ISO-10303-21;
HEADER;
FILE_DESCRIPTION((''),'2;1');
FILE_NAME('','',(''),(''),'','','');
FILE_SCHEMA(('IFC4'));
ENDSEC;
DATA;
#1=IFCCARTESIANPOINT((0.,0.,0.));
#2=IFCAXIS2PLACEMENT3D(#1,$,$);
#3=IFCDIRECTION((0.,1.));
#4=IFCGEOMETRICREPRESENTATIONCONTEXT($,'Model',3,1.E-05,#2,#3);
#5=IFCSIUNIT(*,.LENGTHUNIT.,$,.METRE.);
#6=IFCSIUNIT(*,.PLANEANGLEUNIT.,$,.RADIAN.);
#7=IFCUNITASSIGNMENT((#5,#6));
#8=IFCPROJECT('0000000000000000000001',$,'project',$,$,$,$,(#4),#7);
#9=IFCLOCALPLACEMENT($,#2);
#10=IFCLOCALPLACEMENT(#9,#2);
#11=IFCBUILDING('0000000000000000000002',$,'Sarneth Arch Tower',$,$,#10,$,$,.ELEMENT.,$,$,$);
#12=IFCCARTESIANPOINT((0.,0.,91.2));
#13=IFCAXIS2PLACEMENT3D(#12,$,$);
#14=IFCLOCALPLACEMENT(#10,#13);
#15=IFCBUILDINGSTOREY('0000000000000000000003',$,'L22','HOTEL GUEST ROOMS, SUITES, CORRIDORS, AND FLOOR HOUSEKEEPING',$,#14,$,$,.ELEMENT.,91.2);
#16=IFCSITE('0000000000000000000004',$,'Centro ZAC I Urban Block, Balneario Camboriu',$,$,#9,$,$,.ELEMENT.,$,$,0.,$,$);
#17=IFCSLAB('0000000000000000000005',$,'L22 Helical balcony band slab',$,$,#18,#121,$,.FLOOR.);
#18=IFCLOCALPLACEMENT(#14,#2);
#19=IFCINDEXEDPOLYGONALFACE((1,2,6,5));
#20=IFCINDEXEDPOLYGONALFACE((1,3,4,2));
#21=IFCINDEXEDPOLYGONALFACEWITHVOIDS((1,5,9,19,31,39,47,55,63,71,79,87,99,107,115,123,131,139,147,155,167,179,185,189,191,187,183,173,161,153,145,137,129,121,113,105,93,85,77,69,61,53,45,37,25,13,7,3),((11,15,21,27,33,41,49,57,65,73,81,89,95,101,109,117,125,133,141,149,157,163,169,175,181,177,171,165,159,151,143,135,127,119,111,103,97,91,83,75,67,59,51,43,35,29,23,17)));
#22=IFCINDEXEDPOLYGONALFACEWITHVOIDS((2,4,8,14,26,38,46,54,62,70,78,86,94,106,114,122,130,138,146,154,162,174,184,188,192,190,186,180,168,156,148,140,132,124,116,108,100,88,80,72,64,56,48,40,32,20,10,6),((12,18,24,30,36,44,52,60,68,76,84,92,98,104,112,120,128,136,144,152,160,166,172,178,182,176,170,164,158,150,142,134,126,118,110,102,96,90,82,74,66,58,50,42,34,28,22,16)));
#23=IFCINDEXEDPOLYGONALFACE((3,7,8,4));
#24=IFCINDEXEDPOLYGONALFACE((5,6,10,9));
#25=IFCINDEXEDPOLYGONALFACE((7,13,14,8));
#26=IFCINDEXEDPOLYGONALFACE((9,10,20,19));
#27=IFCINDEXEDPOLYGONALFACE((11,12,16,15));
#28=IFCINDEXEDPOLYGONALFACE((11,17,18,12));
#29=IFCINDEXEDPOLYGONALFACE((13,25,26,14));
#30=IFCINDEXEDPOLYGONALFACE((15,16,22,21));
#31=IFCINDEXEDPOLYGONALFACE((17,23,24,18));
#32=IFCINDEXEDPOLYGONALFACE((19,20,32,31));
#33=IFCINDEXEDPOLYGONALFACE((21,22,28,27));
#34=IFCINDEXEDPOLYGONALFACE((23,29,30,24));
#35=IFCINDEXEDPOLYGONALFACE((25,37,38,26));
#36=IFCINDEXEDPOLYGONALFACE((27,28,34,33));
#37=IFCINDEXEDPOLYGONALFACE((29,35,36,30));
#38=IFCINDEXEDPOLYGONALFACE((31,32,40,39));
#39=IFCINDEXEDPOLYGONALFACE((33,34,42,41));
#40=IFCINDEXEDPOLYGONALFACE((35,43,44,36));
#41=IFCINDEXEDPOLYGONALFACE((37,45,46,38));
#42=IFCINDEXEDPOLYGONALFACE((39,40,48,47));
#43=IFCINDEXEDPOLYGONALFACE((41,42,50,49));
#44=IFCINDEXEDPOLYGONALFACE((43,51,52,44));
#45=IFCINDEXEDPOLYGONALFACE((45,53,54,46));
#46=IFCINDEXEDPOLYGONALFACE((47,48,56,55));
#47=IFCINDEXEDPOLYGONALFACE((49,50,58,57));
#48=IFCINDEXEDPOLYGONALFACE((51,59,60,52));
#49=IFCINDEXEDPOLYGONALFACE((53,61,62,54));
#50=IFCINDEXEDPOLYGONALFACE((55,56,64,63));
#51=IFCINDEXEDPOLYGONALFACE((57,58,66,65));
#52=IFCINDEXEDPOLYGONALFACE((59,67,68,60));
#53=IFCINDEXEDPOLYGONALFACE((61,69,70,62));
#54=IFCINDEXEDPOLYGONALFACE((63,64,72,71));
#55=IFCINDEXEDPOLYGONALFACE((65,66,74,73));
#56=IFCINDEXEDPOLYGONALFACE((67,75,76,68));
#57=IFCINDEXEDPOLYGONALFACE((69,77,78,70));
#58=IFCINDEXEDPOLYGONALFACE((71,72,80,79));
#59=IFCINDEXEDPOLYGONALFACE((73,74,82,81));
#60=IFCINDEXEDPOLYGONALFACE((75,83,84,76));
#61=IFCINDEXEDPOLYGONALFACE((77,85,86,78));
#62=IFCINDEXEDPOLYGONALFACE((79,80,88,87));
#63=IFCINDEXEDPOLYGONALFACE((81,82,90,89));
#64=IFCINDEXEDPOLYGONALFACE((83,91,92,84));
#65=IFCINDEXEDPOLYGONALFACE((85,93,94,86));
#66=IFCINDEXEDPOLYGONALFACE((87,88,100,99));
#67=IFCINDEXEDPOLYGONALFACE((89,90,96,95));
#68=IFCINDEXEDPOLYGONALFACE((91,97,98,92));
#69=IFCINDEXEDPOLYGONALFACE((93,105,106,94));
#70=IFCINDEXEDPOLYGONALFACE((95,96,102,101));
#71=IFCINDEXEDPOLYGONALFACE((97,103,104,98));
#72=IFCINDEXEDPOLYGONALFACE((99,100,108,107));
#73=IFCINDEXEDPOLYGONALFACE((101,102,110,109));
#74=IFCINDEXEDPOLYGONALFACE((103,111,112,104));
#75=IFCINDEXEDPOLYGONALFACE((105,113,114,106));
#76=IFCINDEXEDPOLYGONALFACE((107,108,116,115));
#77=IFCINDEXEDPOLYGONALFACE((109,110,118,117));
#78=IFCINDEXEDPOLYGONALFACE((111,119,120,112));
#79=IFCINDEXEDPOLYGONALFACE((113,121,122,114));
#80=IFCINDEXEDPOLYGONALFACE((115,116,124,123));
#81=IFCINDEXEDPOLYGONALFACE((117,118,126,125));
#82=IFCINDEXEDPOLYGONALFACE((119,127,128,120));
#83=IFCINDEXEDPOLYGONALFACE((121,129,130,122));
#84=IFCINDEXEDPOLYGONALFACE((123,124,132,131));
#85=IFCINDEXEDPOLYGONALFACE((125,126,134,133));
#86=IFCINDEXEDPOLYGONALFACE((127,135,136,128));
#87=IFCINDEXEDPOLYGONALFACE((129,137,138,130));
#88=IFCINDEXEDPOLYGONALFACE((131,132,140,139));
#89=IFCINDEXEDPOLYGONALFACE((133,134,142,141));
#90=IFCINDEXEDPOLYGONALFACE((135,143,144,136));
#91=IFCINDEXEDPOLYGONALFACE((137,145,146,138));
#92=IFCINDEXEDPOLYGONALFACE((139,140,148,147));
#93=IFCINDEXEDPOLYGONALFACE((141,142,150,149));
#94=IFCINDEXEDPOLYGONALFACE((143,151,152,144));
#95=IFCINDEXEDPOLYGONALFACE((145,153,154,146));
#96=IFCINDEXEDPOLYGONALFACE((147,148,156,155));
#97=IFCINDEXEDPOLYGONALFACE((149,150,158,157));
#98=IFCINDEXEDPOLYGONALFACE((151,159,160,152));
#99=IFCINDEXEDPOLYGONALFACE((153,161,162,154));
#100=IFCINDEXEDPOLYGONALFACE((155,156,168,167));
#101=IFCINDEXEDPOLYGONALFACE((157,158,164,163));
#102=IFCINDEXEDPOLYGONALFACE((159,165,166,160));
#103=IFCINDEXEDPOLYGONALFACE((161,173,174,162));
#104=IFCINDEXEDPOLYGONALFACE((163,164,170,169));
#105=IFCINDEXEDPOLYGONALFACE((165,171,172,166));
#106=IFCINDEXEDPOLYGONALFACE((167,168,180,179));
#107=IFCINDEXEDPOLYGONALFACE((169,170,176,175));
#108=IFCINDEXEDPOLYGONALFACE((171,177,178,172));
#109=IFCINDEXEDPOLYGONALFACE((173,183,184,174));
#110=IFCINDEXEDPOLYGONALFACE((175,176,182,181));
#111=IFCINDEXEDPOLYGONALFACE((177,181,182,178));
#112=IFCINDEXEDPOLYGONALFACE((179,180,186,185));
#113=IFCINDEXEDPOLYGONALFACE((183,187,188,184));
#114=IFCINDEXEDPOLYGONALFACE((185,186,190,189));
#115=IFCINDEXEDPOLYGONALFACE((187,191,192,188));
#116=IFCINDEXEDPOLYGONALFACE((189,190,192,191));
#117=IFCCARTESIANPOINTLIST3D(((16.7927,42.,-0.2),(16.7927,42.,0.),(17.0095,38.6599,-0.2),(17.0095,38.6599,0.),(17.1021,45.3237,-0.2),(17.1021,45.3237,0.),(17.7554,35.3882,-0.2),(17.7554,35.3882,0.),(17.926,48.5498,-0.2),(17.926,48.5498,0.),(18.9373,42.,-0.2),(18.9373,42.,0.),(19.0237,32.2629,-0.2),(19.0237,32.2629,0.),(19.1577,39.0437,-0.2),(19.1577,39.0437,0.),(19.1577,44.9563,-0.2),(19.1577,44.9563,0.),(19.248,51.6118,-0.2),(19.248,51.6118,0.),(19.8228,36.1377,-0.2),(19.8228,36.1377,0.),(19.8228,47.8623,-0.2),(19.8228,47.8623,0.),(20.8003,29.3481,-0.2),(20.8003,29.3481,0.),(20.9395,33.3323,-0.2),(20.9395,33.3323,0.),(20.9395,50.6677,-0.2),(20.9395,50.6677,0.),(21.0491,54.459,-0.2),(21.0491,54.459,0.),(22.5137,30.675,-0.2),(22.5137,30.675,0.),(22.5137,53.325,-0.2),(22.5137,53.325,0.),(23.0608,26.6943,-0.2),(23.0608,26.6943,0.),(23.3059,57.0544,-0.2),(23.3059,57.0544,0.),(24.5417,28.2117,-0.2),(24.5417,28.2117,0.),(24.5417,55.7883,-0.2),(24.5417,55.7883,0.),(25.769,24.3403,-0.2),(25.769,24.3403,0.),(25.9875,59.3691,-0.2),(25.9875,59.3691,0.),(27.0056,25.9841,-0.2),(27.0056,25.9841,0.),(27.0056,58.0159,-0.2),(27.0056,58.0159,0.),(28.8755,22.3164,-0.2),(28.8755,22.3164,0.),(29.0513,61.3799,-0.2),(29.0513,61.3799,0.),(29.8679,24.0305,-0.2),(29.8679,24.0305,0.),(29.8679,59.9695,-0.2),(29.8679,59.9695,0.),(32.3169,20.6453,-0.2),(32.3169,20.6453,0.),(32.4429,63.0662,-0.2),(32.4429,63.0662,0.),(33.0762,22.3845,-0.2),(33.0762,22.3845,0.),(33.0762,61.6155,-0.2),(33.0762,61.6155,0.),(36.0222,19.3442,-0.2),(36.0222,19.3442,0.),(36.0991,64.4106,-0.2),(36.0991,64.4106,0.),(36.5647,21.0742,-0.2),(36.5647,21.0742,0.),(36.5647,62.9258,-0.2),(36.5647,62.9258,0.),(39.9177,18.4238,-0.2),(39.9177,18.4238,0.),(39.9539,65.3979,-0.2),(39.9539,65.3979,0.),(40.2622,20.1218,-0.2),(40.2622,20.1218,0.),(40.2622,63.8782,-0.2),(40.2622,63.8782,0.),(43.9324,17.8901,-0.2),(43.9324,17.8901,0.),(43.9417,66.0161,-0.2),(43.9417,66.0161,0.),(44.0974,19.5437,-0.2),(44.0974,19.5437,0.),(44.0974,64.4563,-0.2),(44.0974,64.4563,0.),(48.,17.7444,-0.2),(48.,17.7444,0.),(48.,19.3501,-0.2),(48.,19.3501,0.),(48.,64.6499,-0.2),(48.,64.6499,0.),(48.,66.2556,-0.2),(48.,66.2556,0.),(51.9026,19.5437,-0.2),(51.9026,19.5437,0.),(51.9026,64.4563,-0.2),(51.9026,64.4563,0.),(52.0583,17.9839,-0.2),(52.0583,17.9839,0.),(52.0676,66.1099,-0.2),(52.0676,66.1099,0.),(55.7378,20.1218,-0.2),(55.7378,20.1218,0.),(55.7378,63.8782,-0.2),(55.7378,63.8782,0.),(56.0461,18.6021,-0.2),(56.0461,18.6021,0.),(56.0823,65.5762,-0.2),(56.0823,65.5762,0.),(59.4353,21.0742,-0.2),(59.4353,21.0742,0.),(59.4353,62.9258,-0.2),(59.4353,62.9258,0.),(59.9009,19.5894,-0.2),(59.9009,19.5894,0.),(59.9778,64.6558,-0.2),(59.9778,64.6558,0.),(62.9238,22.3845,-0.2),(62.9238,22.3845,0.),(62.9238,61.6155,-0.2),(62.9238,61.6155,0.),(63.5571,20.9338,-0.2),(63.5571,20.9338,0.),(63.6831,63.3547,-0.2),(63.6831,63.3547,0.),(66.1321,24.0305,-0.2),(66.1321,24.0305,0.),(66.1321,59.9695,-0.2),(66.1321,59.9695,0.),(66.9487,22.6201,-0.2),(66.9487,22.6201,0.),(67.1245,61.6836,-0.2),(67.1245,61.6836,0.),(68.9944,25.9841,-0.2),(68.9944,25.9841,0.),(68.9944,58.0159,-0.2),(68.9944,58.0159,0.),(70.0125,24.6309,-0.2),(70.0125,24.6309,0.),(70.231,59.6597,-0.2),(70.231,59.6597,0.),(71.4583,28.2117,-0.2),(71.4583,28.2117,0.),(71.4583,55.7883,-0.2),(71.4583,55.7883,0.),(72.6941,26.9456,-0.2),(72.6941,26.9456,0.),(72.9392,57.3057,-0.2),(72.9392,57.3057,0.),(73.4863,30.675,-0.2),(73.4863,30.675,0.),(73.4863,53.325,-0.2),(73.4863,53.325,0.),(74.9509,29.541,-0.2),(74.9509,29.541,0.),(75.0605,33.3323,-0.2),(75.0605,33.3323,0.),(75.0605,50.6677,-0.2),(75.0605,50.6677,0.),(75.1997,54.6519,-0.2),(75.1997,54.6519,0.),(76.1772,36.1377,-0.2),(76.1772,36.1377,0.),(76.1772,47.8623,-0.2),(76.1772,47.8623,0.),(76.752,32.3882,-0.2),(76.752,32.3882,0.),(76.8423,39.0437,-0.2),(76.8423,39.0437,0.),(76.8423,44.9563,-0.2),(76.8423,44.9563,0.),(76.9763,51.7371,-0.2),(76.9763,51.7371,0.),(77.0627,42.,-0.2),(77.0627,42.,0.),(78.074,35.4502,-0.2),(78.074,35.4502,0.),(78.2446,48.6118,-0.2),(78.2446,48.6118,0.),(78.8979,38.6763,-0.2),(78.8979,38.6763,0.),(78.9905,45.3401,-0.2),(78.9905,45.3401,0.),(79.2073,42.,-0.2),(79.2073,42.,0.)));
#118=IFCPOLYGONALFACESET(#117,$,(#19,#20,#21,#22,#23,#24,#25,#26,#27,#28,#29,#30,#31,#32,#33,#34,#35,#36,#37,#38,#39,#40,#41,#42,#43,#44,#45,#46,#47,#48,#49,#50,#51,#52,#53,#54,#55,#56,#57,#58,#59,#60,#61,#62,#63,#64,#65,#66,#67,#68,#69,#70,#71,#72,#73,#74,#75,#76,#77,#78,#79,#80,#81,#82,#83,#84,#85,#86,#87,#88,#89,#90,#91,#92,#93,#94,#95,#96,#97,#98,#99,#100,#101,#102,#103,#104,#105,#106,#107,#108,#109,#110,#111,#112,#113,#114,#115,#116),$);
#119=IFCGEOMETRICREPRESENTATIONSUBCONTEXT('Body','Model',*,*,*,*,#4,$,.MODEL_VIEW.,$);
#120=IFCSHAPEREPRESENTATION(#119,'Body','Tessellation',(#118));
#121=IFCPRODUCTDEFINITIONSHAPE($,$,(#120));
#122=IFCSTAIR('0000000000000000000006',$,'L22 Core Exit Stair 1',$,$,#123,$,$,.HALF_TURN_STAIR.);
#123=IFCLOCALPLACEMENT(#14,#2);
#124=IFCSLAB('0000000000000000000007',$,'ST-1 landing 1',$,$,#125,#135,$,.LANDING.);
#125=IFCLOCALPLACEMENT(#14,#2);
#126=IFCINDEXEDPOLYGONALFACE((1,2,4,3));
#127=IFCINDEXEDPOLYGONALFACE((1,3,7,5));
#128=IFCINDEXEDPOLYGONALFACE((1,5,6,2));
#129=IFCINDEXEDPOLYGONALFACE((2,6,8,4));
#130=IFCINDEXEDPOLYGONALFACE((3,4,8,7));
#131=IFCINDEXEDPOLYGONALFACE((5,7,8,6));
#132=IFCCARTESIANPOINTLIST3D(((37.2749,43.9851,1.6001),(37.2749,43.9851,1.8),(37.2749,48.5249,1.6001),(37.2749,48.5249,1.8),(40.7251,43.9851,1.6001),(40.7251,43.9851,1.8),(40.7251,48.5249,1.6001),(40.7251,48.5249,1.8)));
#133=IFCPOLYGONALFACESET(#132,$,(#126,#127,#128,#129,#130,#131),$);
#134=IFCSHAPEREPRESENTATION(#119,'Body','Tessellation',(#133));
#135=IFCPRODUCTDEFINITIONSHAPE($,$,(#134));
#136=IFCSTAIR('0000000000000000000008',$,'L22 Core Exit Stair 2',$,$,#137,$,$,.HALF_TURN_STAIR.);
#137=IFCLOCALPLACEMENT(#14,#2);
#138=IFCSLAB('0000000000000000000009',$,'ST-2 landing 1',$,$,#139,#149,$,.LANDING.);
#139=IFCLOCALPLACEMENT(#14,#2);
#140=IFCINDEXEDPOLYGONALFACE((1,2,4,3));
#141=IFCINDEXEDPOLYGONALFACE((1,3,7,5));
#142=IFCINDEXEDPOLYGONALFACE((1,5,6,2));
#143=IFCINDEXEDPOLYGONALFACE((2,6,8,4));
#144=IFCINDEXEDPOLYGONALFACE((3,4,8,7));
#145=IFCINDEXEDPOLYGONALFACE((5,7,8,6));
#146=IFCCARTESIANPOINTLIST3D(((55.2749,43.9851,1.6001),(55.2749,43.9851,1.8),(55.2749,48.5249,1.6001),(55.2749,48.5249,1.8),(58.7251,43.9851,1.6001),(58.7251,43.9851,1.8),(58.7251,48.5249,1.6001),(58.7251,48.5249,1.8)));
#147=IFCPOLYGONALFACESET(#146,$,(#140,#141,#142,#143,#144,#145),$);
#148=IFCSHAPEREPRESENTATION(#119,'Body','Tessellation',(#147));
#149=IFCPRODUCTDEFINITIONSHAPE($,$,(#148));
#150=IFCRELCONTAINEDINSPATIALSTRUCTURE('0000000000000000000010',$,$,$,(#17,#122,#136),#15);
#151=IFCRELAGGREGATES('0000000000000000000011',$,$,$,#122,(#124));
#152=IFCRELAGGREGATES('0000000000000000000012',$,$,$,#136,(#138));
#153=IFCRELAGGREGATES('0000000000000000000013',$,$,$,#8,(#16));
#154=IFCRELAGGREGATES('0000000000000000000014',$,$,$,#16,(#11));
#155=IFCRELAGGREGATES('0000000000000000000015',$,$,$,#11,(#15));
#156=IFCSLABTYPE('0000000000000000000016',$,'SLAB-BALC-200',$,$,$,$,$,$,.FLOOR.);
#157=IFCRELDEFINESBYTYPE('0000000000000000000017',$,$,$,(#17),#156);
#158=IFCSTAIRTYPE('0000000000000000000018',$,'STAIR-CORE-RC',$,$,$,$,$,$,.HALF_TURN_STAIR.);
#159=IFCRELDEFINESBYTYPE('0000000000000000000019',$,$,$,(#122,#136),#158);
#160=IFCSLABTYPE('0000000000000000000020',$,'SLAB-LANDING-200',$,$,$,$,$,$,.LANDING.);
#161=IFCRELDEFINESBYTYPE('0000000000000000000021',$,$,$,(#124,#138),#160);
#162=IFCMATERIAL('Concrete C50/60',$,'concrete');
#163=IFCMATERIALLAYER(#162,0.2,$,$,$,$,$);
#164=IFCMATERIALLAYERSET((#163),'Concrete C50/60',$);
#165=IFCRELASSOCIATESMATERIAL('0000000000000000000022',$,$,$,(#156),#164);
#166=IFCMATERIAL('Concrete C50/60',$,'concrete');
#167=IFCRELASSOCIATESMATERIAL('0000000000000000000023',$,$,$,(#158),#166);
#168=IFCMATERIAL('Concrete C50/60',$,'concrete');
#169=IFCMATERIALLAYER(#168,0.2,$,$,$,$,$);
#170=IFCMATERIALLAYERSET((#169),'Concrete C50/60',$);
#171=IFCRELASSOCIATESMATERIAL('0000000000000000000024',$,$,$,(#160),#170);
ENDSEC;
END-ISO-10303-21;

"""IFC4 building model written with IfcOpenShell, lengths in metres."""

from ifc_helpers import new_model, si_unit, direction, frame, origin, place, context, subcontext, project, spatial, polyline, outline, extrude, material, layer, layer_set, type_object, element, aggregate, save


model = new_model("IFC4")

# Units and contexts
model_context = context("Model", 3, precision=1e-05, world=origin(), true_north=direction((0.0, 1.0)))
body_context = subcontext(model_context, "Body", "Model", "MODEL_VIEW")
ifc_project = project(units=[si_unit("LENGTHUNIT", "METRE"), si_unit("PLANEANGLEUNIT", "RADIAN")], contexts=[model_context])

# Site, building, storey
site_placement = place(None, origin())
site = spatial("IfcSite", under=ifc_project, at=site_placement, Name="Centro ZAC I Urban Block, Balneario Camboriu", CompositionType="ELEMENT", RefElevation=0.0)
building_placement = place(site_placement, origin())
building = spatial("IfcBuilding", under=site, at=building_placement, Name="Sarneth Arch Tower", CompositionType="ELEMENT")
storey_placement = place(building_placement, frame((0.0, 0.0, 91.2)))
storey = spatial("IfcBuildingStorey", under=building, at=storey_placement, Name="L22", Description="HOTEL GUEST ROOMS, SUITES, CORRIDORS, AND FLOOR HOUSEKEEPING", CompositionType="ELEMENT", Elevation=91.2)

# Slab
ifc_material_1 = material(Name="Concrete C50/60", Category="concrete")
ifc_layer_1 = layer(ifc_material_1, 0.2)
ifc_layer_set_1 = layer_set([ifc_layer_1], Name="Concrete C50/60")
slab_type_1 = type_object("IfcSlabType", Name="SLAB-BALC-200", PredefinedType="FLOOR", material=ifc_layer_set_1)
slab_1_placement = place(storey_placement, frame((0.0, 0.0, -0.2)))
element("IfcSlab", 1, at=slab_1_placement, inside=storey, type_object=slab_type_1, Name="L22 Helical balcony band slab", PredefinedType="FLOOR", context=body_context, shape_type="SweptSolid", body=[
    extrude(outline(polyline([(79.2073, 42.0), (78.9905, 45.3401), (78.2446, 48.6118), (76.9763, 51.7371), (75.1997, 54.6519), (72.9392, 57.3057), (70.231, 59.6597), (67.1245, 61.6836), (63.6831, 63.3547), (59.9778, 64.6558), (56.0823, 65.5762), (52.0676, 66.1099), (48.0, 66.2556), (43.9417, 66.0161), (39.9539, 65.3979), (36.0991, 64.4106), (32.4429, 63.0662), (29.0513, 61.3799), (25.9875, 59.3691), (23.3059, 57.0544), (21.0491, 54.459), (19.248, 51.6118), (17.926, 48.5498), (17.1021, 45.3237), (16.7927, 42.0), (17.0095, 38.6599), (17.7554, 35.3882), (19.0237, 32.2629), (20.8003, 29.3481), (23.0608, 26.6943), (25.769, 24.3403), (28.8755, 22.3164), (32.3169, 20.6453), (36.0222, 19.3442), (39.9177, 18.4238), (43.9324, 17.8901), (48.0, 17.7444), (52.0583, 17.9839), (56.0461, 18.6021), (59.9009, 19.5894), (63.5571, 20.9338), (66.9487, 22.6201), (70.0125, 24.6309), (72.6941, 26.9456), (74.9509, 29.541), (76.752, 32.3882), (78.074, 35.4502), (78.8979, 38.6763), (79.2073, 42.0)]), holes=[polyline([(77.0627, 42.0), (76.8423, 44.9563), (76.1772, 47.8623), (75.0605, 50.6677), (73.4863, 53.325), (71.4583, 55.7883), (68.9944, 58.0159), (66.1321, 59.9695), (62.9238, 61.6155), (59.4353, 62.9258), (55.7378, 63.8782), (51.9026, 64.4563), (48.0, 64.6499), (44.0974, 64.4563), (40.2622, 63.8782), (36.5647, 62.9258), (33.0762, 61.6155), (29.8679, 59.9695), (27.0056, 58.0159), (24.5417, 55.7883), (22.5137, 53.325), (20.9395, 50.6677), (19.8228, 47.8623), (19.1577, 44.9563), (18.9373, 42.0), (19.1577, 39.0437), (19.8228, 36.1377), (20.9395, 33.3323), (22.5137, 30.675), (24.5417, 28.2117), (27.0056, 25.9841), (29.8679, 24.0305), (33.0762, 22.3845), (36.5647, 21.0742), (40.2622, 20.1218), (44.0974, 19.5437), (48.0, 19.3501), (51.9026, 19.5437), (55.7378, 20.1218), (59.4353, 21.0742), (62.9238, 22.3845), (66.1321, 24.0305), (68.9944, 25.9841), (71.4583, 28.2117), (73.4863, 30.675), (75.0605, 33.3323), (76.1772, 36.1377), (76.8423, 39.0437), (77.0627, 42.0)])]), origin(), (0.0, 0.0, 1.0), 0.2),
])

# Stairs, slabs
ifc_material_2 = material(Name="Concrete C50/60", Category="concrete")
stair_type = type_object("IfcStairType", Name="STAIR-CORE-RC", PredefinedType="HALF_TURN_STAIR", material=ifc_material_2)
stair_1_placement = place(storey_placement, origin())
stair_1 = element("IfcStair", 2, at=stair_1_placement, inside=storey, type_object=stair_type, Name="L22 Core Exit Stair 1", PredefinedType="HALF_TURN_STAIR")
ifc_material_3 = material(Name="Concrete C50/60", Category="concrete")
ifc_layer_2 = layer(ifc_material_3, 0.2)
ifc_layer_set_2 = layer_set([ifc_layer_2], Name="Concrete C50/60")
slab_type_2 = type_object("IfcSlabType", Name="SLAB-LANDING-200", PredefinedType="LANDING", material=ifc_layer_set_2)
slab_2_placement = place(storey_placement, frame((0.0, 0.0, 1.6001)))
slab_2 = element("IfcSlab", 3, at=slab_2_placement, type_object=slab_type_2, Name="ST-1 landing 1", PredefinedType="LANDING", context=body_context, shape_type="SweptSolid", body=[
    extrude(outline(polyline([(37.2749, 43.9851), (40.7251, 43.9851), (40.7251, 48.5249), (37.2749, 48.5249), (37.2749, 43.9851)])), origin(), (0.0, 0.0, 1.0), 0.2),
])
aggregate(stair_1, [slab_2])
stair_2_placement = place(storey_placement, origin())
stair_2 = element("IfcStair", 4, at=stair_2_placement, inside=storey, type_object=stair_type, Name="L22 Core Exit Stair 2", PredefinedType="HALF_TURN_STAIR")
slab_3_placement = place(storey_placement, frame((0.0, 0.0, 1.6001)))
slab_3 = element("IfcSlab", 5, at=slab_3_placement, type_object=slab_type_2, Name="ST-2 landing 1", PredefinedType="LANDING", context=body_context, shape_type="SweptSolid", body=[
    extrude(outline(polyline([(55.2749, 43.9851), (58.7251, 43.9851), (58.7251, 48.5249), (55.2749, 48.5249), (55.2749, 43.9851)])), origin(), (0.0, 0.0, 1.0), 0.2),
])
aggregate(stair_2, [slab_3])

save(model, "model.ifc")
